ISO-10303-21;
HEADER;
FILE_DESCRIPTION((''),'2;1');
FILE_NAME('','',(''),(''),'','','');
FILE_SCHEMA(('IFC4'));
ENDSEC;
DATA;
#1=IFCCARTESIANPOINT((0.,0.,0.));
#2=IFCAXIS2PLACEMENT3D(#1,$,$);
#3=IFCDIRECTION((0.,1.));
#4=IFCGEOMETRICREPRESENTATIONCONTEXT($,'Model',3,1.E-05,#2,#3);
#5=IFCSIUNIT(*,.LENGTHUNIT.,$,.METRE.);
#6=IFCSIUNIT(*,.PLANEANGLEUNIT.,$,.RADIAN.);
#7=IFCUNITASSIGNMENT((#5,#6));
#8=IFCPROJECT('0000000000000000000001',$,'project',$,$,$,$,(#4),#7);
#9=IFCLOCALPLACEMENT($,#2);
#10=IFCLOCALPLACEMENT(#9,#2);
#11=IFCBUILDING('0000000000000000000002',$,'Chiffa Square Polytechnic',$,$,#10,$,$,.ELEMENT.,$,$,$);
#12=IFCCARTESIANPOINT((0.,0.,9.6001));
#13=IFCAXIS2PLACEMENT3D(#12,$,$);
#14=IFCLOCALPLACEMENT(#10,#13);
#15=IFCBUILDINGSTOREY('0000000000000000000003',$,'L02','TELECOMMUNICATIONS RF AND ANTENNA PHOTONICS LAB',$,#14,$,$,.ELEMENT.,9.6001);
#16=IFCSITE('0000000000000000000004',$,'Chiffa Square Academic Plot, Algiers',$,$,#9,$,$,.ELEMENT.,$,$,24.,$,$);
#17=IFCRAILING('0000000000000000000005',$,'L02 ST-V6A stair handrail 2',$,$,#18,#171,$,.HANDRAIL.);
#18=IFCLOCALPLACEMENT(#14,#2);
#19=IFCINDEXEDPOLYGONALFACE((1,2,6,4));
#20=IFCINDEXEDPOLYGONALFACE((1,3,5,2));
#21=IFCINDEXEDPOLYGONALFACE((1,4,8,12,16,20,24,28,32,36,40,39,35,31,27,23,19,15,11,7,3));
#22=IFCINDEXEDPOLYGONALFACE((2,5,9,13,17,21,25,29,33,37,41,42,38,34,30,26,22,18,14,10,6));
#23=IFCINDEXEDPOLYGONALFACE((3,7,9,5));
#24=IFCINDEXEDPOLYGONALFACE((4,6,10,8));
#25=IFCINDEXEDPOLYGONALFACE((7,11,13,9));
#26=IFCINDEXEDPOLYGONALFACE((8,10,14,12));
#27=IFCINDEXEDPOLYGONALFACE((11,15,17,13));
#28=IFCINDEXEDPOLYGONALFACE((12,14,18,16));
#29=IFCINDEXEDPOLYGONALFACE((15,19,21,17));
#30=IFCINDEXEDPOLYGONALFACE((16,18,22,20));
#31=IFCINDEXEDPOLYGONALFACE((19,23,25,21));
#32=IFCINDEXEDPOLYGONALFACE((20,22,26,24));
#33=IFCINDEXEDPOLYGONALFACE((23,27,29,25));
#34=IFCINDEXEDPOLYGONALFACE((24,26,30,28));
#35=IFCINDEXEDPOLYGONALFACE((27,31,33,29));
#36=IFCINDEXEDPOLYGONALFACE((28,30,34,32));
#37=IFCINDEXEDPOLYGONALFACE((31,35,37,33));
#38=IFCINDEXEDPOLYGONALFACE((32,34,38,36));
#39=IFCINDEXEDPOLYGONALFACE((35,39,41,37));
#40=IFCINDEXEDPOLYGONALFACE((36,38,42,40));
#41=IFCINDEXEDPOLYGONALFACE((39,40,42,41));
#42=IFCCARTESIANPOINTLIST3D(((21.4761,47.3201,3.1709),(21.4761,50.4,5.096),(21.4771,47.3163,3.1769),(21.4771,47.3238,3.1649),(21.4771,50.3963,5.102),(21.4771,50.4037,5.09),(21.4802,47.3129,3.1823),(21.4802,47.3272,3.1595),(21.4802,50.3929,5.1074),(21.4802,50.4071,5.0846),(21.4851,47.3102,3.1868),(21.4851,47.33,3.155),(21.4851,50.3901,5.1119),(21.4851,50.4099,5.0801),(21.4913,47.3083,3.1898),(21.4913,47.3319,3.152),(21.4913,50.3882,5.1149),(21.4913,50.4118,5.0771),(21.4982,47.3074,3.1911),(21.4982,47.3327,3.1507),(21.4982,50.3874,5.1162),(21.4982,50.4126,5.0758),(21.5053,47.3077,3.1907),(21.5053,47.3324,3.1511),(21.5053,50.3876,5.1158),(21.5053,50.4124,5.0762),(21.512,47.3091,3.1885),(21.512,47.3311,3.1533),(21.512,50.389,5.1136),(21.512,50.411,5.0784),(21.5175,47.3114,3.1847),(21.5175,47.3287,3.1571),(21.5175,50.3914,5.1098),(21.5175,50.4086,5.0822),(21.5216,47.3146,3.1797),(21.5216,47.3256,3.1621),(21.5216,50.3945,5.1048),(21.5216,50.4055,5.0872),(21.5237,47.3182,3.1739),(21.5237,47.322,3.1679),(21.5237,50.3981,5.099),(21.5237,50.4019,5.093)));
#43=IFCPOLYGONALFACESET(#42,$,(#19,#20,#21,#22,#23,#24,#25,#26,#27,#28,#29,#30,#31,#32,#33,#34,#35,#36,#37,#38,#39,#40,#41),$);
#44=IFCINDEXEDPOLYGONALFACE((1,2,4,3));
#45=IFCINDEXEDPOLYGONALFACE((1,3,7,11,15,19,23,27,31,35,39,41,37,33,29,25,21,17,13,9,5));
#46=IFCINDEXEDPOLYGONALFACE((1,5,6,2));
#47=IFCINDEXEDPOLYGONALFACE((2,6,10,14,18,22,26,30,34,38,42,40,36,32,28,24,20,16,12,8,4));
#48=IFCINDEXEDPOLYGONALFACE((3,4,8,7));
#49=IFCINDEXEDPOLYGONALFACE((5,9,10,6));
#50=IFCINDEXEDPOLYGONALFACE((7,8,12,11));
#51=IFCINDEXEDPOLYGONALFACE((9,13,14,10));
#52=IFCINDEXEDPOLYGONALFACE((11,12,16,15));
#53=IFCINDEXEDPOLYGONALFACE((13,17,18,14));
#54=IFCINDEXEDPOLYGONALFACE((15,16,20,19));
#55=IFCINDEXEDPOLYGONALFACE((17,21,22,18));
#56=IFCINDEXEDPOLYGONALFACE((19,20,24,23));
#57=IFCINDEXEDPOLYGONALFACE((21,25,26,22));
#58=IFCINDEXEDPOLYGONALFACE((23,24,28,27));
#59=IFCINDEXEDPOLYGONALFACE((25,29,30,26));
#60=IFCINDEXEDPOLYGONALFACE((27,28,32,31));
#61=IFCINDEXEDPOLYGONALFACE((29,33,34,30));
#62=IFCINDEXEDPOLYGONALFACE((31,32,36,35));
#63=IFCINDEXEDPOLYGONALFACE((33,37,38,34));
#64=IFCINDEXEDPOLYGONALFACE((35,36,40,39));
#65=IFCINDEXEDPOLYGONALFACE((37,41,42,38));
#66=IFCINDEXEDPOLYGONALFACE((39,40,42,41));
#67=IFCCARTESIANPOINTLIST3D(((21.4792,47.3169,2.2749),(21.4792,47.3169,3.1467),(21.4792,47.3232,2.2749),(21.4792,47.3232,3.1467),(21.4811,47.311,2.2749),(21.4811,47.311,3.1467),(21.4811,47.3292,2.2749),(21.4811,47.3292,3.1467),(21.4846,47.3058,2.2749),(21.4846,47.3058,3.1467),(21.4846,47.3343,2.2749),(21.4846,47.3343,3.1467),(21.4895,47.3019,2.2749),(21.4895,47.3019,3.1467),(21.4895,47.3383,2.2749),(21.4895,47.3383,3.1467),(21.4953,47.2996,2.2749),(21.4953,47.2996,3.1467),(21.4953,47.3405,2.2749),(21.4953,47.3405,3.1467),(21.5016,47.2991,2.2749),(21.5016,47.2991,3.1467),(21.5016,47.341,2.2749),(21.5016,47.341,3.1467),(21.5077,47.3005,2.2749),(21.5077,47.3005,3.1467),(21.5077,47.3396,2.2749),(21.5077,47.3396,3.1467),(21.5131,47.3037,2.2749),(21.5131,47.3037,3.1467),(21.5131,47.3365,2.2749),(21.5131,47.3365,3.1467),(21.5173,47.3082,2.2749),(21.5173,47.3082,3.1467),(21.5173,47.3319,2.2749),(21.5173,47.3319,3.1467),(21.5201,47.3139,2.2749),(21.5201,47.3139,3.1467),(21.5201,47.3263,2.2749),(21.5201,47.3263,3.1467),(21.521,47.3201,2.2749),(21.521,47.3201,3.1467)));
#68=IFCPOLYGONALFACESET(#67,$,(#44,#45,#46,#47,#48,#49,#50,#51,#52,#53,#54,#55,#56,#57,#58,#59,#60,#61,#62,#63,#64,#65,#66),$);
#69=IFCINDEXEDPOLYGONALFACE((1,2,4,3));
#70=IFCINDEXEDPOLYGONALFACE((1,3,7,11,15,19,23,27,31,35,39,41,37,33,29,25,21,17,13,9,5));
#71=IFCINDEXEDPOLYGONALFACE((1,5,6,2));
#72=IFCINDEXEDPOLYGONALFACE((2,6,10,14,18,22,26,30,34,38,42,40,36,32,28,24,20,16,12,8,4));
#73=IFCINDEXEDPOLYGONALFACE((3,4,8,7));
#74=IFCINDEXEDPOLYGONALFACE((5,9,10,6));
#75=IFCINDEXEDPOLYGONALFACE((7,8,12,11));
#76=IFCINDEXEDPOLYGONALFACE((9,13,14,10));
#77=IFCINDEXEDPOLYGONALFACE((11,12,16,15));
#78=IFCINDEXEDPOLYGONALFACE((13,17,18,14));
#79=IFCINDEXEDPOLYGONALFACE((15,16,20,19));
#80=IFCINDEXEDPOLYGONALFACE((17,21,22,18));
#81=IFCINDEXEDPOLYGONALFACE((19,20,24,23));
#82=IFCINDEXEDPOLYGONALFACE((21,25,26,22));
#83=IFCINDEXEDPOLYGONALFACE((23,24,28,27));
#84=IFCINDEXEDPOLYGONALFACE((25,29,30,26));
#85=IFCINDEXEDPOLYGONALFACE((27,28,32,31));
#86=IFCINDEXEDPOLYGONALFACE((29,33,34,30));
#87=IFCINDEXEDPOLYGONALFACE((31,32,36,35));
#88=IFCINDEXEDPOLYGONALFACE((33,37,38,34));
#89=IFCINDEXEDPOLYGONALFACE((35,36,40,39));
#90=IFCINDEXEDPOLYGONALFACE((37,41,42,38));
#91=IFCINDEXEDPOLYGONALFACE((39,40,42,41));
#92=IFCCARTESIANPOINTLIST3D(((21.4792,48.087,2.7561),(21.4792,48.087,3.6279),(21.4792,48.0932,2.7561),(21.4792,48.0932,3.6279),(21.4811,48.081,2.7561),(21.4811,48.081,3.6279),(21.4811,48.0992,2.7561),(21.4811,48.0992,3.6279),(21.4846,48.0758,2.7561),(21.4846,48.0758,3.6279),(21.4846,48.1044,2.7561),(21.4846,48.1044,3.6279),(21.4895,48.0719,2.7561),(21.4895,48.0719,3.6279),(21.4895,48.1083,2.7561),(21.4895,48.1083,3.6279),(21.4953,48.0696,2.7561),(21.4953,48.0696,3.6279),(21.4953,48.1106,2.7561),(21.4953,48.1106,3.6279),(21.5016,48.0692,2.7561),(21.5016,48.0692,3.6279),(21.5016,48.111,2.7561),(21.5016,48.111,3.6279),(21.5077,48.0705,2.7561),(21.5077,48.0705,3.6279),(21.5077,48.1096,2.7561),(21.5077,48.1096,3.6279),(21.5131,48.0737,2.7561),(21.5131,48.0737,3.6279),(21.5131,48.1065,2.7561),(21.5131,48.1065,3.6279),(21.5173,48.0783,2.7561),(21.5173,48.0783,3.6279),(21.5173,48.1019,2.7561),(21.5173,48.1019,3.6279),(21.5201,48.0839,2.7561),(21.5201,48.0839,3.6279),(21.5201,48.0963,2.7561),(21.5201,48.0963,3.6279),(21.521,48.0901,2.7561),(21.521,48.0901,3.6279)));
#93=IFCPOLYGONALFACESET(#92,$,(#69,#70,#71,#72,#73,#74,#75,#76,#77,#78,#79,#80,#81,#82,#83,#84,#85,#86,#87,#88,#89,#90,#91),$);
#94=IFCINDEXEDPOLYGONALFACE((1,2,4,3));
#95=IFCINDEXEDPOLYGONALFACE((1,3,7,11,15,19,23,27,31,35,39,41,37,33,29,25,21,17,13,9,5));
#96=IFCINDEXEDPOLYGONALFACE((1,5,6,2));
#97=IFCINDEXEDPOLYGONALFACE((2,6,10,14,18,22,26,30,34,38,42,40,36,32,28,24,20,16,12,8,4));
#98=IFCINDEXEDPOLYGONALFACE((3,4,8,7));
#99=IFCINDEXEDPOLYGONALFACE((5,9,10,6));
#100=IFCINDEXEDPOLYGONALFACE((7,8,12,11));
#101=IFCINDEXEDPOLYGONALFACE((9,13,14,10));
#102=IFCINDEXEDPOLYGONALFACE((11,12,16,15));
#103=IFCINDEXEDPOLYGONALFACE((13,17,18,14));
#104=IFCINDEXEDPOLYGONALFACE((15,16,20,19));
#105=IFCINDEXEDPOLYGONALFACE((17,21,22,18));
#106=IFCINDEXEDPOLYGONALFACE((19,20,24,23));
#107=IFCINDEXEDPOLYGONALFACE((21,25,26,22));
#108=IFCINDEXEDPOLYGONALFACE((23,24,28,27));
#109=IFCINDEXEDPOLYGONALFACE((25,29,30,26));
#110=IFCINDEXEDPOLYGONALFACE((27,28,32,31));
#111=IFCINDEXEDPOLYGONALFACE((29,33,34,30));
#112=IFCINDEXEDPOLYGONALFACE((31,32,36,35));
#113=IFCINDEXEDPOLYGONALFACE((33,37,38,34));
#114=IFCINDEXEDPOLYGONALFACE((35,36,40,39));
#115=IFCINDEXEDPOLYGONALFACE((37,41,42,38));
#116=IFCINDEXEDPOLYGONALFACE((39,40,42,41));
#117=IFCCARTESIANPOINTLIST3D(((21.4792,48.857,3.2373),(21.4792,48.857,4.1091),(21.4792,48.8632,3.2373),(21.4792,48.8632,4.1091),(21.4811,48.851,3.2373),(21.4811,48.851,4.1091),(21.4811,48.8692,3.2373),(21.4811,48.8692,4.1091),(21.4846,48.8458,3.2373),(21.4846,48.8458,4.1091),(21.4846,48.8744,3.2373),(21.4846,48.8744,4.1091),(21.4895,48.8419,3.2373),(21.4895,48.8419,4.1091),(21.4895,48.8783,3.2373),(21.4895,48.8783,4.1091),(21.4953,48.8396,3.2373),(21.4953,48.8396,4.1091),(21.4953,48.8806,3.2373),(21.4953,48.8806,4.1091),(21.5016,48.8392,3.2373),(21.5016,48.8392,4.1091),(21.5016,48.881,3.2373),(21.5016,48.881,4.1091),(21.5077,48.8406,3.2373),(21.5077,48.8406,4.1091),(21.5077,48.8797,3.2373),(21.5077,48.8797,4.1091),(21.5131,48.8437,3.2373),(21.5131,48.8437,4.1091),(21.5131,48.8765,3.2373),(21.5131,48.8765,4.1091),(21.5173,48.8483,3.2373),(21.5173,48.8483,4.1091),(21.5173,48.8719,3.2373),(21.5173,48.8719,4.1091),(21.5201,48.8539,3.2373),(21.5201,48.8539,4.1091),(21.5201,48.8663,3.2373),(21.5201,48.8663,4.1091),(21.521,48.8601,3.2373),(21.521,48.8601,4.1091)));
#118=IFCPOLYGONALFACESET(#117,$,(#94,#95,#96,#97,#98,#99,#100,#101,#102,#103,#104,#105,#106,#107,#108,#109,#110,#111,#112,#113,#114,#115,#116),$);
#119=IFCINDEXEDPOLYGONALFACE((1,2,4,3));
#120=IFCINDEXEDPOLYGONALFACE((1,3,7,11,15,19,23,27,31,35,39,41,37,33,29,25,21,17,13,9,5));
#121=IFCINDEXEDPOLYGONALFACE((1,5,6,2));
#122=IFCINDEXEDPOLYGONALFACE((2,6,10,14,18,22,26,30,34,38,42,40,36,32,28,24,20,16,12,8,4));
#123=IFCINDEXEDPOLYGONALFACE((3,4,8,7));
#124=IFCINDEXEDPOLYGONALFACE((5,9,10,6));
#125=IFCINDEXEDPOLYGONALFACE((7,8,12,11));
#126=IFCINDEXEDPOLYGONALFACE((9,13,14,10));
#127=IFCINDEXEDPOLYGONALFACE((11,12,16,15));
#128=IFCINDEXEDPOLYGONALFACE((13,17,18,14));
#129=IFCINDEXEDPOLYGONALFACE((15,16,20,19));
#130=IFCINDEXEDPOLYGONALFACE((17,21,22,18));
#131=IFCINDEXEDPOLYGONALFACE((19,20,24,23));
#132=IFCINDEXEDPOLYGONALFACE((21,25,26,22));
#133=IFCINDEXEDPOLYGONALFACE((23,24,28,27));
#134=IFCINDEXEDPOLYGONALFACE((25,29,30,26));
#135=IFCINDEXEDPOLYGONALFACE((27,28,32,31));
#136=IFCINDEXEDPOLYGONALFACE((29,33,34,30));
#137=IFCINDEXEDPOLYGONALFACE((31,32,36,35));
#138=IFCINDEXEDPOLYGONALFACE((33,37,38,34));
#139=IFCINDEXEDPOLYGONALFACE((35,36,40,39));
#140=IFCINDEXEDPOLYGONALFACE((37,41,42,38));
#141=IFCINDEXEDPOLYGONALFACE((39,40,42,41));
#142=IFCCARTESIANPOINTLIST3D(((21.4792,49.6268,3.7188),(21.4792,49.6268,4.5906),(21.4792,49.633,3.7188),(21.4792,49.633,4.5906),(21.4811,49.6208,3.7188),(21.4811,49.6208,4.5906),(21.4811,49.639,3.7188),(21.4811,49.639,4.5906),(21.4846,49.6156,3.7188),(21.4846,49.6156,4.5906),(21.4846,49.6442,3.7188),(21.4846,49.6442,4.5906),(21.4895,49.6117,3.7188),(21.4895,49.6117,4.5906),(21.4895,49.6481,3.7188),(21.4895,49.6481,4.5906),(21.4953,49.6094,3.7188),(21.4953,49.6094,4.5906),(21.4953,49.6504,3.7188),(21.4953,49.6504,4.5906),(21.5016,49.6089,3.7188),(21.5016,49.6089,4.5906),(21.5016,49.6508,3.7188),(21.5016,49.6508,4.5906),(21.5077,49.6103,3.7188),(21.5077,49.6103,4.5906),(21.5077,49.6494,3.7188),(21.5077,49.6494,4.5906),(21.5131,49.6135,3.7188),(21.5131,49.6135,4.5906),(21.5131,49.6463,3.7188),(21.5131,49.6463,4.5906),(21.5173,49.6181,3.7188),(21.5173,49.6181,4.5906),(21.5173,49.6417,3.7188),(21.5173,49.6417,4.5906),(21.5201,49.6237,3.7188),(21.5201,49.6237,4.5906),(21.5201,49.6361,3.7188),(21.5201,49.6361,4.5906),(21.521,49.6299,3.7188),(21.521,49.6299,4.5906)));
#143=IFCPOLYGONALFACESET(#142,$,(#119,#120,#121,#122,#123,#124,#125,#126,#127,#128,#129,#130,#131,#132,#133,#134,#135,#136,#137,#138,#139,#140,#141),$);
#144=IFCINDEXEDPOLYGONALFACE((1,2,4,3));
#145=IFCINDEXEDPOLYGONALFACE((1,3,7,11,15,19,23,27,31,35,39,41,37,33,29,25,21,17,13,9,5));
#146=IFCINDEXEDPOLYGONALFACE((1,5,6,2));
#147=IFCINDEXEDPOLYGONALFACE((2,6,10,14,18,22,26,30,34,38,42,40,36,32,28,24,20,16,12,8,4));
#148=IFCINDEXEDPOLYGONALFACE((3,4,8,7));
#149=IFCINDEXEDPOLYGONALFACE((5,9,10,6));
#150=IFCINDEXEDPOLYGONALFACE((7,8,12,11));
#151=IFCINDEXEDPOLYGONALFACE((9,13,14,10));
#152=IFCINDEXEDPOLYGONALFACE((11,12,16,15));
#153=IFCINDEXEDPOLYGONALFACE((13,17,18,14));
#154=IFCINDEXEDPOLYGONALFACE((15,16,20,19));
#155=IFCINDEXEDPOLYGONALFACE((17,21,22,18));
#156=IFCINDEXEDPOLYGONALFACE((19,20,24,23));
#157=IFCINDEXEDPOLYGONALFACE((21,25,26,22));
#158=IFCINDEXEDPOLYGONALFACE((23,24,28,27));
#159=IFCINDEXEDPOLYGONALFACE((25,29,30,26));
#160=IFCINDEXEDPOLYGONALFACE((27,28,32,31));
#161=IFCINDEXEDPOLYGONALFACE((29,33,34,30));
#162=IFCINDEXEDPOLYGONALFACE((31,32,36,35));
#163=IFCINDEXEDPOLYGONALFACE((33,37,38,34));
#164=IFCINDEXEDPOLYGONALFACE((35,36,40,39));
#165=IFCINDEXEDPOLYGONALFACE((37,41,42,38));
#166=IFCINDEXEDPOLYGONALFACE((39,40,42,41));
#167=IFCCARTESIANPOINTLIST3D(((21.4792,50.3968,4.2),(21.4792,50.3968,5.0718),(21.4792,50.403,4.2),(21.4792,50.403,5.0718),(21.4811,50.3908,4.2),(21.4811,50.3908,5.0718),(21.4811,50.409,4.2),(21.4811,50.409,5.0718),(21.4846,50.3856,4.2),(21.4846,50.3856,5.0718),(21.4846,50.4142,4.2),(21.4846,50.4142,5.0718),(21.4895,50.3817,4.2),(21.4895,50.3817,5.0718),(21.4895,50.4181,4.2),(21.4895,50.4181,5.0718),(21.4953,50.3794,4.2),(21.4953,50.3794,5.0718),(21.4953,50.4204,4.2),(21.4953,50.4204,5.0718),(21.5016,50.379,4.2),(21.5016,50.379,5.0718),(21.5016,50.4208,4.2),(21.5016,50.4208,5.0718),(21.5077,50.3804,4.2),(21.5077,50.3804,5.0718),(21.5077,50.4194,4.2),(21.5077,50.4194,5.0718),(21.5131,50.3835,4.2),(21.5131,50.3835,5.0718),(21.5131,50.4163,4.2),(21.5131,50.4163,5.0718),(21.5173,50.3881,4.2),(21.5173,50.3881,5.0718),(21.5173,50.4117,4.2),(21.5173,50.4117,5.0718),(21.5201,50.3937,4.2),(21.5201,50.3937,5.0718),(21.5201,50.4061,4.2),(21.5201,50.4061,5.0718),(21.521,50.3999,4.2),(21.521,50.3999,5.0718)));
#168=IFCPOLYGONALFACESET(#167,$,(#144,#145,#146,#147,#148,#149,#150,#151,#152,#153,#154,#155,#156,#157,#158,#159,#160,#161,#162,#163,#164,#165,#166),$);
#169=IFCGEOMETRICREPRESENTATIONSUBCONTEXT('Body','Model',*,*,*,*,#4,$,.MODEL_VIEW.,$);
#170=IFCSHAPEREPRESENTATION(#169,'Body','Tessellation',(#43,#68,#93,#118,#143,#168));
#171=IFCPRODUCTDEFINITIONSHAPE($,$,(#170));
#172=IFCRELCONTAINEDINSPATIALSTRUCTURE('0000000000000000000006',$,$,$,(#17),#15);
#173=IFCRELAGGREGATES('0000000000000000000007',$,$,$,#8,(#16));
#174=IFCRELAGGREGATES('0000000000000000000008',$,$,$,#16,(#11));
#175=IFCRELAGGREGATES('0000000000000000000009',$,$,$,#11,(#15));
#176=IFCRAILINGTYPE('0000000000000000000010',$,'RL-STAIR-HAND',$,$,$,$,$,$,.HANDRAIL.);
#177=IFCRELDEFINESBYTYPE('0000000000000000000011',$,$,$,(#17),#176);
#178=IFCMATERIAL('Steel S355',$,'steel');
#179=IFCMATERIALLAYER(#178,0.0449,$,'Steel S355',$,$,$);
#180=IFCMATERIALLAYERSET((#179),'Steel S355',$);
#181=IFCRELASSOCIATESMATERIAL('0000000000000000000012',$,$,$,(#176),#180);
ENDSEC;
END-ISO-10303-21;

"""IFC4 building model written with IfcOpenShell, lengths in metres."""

from ifc_helpers import new_model, si_unit, direction, frame, origin, origin_2d, place, context, subcontext, project, spatial, circle, extrude, material, layer, layer_set, type_object, element, save


model = new_model("IFC4")

# Units and contexts
model_context = context("Model", 3, precision=1e-05, world=origin(), true_north=direction((0.0, 1.0)))
body_context = subcontext(model_context, "Body", "Model", "MODEL_VIEW")
ifc_project = project(units=[si_unit("LENGTHUNIT", "METRE"), si_unit("PLANEANGLEUNIT", "RADIAN")], contexts=[model_context])

# Site, building, storey
site_placement = place(None, origin())
site = spatial("IfcSite", under=ifc_project, at=site_placement, Name="Chiffa Square Academic Plot, Algiers", CompositionType="ELEMENT", RefElevation=24.0)
building_placement = place(site_placement, origin())
building = spatial("IfcBuilding", under=site, at=building_placement, Name="Chiffa Square Polytechnic", CompositionType="ELEMENT")
storey_placement = place(building_placement, frame((0.0, 0.0, 9.6001)))
storey = spatial("IfcBuildingStorey", under=building, at=storey_placement, Name="L02", Description="TELECOMMUNICATIONS RF AND ANTENNA PHOTONICS LAB", CompositionType="ELEMENT", Elevation=9.6001)

# Railing
ifc_material_1 = material(Name="Steel S355", Category="steel")
ifc_layer_1 = layer(ifc_material_1, 0.0449, Name="Steel S355")
ifc_layer_set_1 = layer_set([ifc_layer_1], Name="Steel S355")
railing_type_1 = type_object("IfcRailingType", Name="RL-STAIR-HAND", PredefinedType="HANDRAIL", material=ifc_layer_set_1)
railing_1_placement = place(storey_placement, frame((21.5, 47.3201, 2.2749)))
element("IfcRailing", 1, at=railing_1_placement, inside=storey, type_object=railing_type_1, Name="L02 ST-V6A stair handrail 2", PredefinedType="HANDRAIL", context=body_context, shape_type="SweptSolid", body=[
    extrude(circle(Radius=0.0239, at=origin_2d()), frame((0.0, 0.0, 0.896), z_axis=(0.0, 0.847979, 0.530029), x_axis=(-1.0, 0.0, 0.0)), (0.0, 0.0, 1.0), 3.6321),
    extrude(circle(Radius=0.021, at=origin_2d()), origin(), (0.0, 0.0, 1.0), 0.8718),
    extrude(circle(Radius=0.021, at=origin_2d()), frame((0.0, 0.77, 0.4812)), (0.0, 0.0, 1.0), 0.8718),
    extrude(circle(Radius=0.021, at=origin_2d()), frame((0.0, 1.54, 0.9624)), (0.0, 0.0, 1.0), 0.8718),
    extrude(circle(Radius=0.021, at=origin_2d()), frame((0.0, 2.3098, 1.4438)), (0.0, 0.0, 1.0), 0.8718),
    extrude(circle(Radius=0.021, at=origin_2d()), frame((0.0, 3.0798, 1.925)), (0.0, 0.0, 1.0), 0.8718),
])

save(model, "model.ifc")
